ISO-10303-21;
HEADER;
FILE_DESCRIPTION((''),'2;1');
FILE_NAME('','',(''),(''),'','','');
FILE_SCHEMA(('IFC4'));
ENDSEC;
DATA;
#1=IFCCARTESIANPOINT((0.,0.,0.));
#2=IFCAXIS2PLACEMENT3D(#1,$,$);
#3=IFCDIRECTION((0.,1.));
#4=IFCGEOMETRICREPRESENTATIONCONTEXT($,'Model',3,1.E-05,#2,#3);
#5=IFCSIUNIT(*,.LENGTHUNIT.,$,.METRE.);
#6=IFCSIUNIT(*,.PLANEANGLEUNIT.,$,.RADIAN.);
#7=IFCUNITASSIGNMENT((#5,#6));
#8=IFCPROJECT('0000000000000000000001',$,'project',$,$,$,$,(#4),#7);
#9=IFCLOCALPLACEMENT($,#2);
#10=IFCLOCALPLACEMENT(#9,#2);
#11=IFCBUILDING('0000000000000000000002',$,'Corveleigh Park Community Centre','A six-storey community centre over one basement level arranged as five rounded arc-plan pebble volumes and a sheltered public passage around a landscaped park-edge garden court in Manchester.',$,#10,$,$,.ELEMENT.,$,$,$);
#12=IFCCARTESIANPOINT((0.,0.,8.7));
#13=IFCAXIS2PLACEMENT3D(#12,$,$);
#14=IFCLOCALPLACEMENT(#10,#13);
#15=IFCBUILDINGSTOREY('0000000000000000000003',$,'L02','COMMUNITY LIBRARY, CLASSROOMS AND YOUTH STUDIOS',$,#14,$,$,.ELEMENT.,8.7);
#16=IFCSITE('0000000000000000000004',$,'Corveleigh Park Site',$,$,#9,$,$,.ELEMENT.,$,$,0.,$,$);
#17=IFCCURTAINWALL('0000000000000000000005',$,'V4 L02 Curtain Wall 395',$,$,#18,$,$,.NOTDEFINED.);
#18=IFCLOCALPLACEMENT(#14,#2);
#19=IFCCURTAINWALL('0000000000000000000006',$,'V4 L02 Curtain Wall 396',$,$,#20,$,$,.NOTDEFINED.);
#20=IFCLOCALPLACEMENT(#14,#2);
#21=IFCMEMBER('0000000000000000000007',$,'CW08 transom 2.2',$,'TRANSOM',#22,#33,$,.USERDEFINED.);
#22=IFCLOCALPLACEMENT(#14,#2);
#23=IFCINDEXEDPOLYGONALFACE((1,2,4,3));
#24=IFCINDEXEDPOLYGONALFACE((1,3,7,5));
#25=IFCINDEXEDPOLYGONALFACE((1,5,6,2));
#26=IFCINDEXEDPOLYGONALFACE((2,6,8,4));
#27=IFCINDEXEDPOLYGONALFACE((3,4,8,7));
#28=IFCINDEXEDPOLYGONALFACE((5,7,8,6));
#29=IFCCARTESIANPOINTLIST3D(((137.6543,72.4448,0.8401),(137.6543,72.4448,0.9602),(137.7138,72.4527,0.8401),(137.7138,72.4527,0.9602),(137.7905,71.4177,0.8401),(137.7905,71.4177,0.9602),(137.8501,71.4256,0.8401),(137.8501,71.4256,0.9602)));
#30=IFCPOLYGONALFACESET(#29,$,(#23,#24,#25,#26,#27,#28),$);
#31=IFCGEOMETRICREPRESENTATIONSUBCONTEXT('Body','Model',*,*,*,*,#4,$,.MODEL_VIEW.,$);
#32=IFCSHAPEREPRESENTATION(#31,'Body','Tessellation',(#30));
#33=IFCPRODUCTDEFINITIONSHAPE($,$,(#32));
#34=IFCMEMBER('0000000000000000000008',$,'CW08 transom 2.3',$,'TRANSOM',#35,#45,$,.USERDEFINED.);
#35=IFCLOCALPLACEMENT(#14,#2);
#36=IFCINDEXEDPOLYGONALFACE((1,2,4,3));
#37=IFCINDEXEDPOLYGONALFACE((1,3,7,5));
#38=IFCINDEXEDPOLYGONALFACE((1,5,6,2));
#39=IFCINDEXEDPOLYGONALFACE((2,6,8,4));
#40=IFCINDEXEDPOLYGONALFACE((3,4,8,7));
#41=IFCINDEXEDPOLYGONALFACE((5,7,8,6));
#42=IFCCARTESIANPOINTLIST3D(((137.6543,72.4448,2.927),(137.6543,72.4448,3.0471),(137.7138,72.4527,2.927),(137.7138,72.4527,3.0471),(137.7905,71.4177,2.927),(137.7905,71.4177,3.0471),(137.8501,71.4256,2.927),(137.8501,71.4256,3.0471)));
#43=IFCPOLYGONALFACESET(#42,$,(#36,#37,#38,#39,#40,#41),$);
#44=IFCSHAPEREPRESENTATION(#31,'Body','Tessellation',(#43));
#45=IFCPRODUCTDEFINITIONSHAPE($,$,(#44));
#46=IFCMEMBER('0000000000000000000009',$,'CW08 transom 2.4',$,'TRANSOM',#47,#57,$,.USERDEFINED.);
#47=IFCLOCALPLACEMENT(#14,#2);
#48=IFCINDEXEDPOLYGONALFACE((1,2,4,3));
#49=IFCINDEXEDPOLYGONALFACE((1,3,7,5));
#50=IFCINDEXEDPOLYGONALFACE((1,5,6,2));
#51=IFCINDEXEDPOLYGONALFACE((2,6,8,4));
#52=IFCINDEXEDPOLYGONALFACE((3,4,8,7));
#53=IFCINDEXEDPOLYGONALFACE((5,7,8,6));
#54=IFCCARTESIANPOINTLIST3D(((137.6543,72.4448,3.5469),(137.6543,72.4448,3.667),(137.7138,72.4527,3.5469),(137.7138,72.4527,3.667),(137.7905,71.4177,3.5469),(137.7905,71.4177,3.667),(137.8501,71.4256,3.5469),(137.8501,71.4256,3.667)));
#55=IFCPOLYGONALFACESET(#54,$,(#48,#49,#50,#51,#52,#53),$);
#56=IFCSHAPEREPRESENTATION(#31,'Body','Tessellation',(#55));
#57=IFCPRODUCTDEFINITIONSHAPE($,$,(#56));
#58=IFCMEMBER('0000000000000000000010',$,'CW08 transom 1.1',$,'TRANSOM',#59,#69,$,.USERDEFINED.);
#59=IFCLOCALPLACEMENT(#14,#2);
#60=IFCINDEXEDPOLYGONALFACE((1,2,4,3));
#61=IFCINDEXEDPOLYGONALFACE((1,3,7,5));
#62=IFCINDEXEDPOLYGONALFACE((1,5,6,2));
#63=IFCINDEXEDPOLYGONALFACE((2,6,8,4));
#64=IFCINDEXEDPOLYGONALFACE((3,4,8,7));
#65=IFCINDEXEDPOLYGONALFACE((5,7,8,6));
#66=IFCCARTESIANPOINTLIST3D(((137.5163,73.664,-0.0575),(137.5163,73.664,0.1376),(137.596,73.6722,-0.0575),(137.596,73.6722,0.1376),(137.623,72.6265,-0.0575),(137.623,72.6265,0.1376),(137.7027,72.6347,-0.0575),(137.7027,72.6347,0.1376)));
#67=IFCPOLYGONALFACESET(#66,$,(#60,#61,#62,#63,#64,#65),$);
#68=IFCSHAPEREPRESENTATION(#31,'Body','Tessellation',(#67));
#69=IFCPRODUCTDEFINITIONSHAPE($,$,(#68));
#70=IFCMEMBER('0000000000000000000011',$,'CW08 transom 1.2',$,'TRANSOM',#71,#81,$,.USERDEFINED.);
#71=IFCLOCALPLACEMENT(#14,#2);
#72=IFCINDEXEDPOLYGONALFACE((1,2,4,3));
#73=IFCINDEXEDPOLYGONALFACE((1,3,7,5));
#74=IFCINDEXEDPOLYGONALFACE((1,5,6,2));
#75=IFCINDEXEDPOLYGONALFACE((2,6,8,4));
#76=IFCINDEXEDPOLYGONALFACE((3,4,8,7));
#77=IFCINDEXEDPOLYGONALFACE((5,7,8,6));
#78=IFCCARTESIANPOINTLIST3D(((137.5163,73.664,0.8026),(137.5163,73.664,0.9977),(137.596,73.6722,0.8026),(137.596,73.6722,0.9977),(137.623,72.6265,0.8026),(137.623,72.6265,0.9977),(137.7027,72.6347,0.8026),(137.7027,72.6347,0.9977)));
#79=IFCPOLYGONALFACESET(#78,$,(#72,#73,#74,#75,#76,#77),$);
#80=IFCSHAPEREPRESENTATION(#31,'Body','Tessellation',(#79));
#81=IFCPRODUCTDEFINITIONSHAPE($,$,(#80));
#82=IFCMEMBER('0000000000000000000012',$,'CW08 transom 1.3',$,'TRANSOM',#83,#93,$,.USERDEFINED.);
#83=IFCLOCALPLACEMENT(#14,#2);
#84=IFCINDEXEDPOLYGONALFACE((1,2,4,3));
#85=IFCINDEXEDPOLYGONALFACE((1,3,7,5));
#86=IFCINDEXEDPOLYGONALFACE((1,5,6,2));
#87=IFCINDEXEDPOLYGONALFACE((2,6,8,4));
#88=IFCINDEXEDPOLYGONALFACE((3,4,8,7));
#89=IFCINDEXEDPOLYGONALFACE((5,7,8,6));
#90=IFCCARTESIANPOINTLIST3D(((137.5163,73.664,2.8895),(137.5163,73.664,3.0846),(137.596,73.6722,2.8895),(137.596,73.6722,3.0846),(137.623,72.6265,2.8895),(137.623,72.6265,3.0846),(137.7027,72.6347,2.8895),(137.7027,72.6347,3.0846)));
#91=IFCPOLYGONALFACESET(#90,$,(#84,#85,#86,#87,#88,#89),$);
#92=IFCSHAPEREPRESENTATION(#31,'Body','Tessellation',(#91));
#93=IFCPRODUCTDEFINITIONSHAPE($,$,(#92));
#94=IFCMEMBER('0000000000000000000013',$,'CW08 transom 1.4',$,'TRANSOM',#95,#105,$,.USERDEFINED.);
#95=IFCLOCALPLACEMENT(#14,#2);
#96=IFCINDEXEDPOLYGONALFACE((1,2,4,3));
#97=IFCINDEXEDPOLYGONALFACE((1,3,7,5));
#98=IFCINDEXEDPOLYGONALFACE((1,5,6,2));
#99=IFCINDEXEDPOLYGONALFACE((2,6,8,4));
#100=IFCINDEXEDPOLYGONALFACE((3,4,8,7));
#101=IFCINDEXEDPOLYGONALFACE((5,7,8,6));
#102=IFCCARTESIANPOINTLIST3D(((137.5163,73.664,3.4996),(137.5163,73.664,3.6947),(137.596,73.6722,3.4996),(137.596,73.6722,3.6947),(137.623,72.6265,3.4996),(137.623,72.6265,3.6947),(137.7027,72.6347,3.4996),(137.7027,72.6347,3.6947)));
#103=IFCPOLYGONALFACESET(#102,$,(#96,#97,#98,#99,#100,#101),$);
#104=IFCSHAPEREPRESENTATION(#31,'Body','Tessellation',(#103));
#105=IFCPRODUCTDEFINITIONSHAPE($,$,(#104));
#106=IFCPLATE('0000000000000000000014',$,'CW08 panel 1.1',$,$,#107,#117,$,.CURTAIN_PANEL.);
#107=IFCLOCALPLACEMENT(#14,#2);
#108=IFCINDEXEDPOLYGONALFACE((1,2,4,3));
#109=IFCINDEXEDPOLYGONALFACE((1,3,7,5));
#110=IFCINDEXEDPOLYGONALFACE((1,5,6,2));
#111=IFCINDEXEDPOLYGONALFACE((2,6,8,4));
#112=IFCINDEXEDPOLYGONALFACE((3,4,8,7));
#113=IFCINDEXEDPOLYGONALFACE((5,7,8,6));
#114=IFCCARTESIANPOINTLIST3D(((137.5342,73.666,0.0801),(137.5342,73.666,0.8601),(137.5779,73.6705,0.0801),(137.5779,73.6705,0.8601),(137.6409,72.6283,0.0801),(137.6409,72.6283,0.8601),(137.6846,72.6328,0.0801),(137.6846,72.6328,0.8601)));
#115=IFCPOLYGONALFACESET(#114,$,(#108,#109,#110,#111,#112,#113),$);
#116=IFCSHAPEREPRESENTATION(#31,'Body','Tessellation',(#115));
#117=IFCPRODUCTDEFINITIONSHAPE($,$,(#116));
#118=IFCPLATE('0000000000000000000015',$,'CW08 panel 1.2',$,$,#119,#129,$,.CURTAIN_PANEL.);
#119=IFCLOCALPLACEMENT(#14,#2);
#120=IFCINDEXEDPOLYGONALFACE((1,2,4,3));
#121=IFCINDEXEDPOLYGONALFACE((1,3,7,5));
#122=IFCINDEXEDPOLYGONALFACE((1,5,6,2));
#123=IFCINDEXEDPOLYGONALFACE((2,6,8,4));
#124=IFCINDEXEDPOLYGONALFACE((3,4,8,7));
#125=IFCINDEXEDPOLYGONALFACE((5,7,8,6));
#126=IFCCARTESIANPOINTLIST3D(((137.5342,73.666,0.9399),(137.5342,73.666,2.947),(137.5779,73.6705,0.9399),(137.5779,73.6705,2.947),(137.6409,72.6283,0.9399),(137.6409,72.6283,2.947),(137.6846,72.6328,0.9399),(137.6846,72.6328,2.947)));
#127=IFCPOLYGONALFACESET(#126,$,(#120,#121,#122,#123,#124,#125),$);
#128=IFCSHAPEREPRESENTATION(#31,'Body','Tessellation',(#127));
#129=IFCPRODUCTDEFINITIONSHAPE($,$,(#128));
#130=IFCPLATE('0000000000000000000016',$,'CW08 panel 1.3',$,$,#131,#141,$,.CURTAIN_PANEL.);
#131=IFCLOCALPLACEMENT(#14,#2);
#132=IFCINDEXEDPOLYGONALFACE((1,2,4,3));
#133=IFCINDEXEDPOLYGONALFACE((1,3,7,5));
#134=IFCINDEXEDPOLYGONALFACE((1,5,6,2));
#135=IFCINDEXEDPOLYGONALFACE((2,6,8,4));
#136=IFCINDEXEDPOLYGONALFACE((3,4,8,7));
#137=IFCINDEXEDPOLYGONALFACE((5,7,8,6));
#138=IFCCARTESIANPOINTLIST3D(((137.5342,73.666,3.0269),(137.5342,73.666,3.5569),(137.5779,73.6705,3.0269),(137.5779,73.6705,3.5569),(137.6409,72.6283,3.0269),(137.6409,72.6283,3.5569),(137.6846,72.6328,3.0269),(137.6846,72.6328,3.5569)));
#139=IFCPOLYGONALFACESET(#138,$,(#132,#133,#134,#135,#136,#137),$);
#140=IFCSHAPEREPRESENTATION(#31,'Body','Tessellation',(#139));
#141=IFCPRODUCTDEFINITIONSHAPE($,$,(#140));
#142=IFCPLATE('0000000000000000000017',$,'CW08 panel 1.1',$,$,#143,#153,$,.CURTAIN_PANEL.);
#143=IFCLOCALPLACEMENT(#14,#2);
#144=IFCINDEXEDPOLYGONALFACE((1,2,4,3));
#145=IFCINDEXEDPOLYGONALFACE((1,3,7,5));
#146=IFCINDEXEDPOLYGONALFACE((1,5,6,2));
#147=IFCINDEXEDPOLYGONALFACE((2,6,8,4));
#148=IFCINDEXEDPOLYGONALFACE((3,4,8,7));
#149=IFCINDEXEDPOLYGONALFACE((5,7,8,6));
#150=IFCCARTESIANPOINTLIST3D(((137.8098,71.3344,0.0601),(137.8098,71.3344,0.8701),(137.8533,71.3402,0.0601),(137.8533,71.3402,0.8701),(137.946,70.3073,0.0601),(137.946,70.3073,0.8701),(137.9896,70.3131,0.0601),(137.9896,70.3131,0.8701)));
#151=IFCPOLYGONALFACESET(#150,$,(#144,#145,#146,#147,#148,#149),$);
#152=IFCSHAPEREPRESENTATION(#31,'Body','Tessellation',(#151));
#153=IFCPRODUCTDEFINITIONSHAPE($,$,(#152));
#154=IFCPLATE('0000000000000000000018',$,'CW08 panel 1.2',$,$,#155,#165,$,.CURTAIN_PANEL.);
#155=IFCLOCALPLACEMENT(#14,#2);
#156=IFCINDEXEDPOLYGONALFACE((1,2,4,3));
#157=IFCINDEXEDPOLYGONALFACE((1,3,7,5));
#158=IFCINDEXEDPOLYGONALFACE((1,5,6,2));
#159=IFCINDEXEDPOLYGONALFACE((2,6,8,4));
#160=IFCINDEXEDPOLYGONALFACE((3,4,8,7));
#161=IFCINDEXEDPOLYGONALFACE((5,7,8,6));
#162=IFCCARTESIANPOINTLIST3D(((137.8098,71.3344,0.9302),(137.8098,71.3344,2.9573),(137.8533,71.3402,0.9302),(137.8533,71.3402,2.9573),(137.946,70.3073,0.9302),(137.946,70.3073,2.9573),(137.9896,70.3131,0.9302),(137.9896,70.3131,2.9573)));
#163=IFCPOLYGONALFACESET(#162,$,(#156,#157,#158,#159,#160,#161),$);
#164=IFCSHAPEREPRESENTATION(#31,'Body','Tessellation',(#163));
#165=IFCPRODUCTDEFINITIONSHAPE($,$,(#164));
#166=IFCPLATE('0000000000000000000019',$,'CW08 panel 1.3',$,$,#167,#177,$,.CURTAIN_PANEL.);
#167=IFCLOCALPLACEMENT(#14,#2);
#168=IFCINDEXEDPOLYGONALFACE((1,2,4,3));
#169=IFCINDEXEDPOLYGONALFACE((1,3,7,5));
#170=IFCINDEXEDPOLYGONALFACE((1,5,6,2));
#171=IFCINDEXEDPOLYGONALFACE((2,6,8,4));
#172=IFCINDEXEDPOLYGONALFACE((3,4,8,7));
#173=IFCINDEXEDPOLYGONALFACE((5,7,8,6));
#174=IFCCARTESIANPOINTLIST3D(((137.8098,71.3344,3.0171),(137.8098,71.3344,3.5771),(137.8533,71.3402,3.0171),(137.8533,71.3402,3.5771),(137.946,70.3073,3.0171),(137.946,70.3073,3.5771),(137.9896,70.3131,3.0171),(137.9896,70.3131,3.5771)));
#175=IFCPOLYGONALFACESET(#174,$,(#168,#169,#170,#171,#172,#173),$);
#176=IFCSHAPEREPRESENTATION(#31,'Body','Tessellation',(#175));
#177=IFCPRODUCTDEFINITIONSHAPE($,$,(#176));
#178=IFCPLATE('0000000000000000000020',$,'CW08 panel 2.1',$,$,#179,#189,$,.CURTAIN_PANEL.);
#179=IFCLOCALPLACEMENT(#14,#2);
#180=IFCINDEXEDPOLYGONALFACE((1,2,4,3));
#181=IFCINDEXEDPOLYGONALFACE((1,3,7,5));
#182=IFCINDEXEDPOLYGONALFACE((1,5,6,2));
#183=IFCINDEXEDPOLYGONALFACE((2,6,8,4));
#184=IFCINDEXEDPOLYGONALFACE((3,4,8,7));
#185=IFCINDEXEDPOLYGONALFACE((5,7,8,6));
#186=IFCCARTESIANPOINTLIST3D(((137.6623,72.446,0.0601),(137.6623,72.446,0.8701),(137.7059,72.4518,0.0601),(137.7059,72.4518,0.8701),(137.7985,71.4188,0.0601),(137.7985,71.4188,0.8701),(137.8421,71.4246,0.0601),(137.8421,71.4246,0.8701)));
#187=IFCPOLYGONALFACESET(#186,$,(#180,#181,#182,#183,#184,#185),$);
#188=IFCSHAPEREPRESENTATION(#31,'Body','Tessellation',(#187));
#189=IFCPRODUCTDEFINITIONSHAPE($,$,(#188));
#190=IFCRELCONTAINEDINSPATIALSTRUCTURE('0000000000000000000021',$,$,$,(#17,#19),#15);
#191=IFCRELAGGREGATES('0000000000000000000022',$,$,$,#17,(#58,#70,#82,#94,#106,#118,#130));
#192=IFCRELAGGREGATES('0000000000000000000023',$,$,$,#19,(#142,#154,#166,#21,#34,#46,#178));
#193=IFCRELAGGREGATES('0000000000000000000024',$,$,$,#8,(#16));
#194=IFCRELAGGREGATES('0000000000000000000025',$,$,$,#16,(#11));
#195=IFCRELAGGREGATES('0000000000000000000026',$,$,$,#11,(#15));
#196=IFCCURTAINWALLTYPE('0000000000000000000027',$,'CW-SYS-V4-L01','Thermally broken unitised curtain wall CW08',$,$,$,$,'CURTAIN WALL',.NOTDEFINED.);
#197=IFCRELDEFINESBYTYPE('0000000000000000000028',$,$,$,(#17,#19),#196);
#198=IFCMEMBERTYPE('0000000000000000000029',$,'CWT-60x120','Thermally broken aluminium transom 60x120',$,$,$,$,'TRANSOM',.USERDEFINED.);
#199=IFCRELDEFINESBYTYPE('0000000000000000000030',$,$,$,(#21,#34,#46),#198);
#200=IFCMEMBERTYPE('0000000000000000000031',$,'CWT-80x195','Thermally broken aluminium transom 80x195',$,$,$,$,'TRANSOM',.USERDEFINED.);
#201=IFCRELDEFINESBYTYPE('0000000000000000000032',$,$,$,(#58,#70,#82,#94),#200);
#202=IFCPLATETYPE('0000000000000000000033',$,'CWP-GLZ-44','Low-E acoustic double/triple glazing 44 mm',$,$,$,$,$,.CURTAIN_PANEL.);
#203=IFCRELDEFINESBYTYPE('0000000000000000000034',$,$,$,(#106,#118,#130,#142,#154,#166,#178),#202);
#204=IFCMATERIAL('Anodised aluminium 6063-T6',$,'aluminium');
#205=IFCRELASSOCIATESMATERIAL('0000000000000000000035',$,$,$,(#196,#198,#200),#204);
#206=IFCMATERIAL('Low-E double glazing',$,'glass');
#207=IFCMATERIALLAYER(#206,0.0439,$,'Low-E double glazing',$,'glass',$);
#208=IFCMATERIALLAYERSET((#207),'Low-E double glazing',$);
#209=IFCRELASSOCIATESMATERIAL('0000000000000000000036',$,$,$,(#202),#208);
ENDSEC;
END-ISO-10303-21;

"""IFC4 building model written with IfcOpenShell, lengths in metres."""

from ifc_helpers import new_model, si_unit, direction, frame, origin, origin_2d, place, context, subcontext, project, spatial, rectangle, extrude, material, layer, layer_set, material_profile, profile_set, type_object, element, aggregate, save


model = new_model("IFC4")

# Units and contexts
model_context = context("Model", 3, precision=1e-05, world=origin(), true_north=direction((0.0, 1.0)))
body_context = subcontext(model_context, "Body", "Model", "MODEL_VIEW")
ifc_project = project(units=[si_unit("LENGTHUNIT", "METRE"), si_unit("PLANEANGLEUNIT", "RADIAN")], contexts=[model_context])

# Site, building, storey
site_placement = place(None, origin())
site = spatial("IfcSite", under=ifc_project, at=site_placement, Name="Corveleigh Park Site", CompositionType="ELEMENT", RefElevation=0.0)
building_placement = place(site_placement, origin())
building = spatial("IfcBuilding", under=site, at=building_placement, Name="Corveleigh Park Community Centre", Description="A six-storey community centre over one basement level arranged as five rounded arc-plan pebble volumes and a sheltered public passage around a landscaped park-edge garden court in Manchester.", CompositionType="ELEMENT")
storey_placement = place(building_placement, frame((0.0, 0.0, 8.7)))
storey = spatial("IfcBuildingStorey", under=building, at=storey_placement, Name="L02", Description="COMMUNITY LIBRARY, CLASSROOMS AND YOUTH STUDIOS", CompositionType="ELEMENT", Elevation=8.7)

# Curtain wall
ifc_material_1 = material(Name="Anodised aluminium 6063-T6", Category="aluminium")
curtain_wall_type = type_object("IfcCurtainWallType", Name="CW-SYS-V4-L01", Description="Thermally broken unitised curtain wall CW08", ElementType="CURTAIN WALL", PredefinedType="NOTDEFINED", material=ifc_material_1)
curtain_wall_1_placement = place(storey_placement, origin())
curtain_wall_1 = element("IfcCurtainWall", 1, at=curtain_wall_1_placement, inside=storey, type_object=curtain_wall_type, Name="V4 L02 Curtain Wall 395", PredefinedType="NOTDEFINED")

# Curtain wall, members
curtain_wall_2_placement = place(storey_placement, origin())
curtain_wall_2 = element("IfcCurtainWall", 2, at=curtain_wall_2_placement, inside=storey, type_object=curtain_wall_type, Name="V4 L02 Curtain Wall 396", PredefinedType="NOTDEFINED")
ifc_material_profile_1 = material_profile(ifc_material_1, rectangle(XDim=0.0601, YDim=0.1201, at=origin_2d()), Name="ALU-T60x120", Category="aluminium")
ifc_profile_set_1 = profile_set([ifc_material_profile_1], Name="Anodised aluminium 6063-T6")
member_type_1 = type_object("IfcMemberType", Name="CWT-60x120", Description="Thermally broken aluminium transom 60x120", ElementType="TRANSOM", PredefinedType="USERDEFINED", material=ifc_profile_set_1)
member_1_placement = place(storey_placement, frame((137.8203, 71.4216, 0.9001), z_axis=(-0.131485, 0.991318, 0.0), x_axis=(-0.991318, -0.131485, 0.0)))
member_1 = element("IfcMember", 3, at=member_1_placement, type_object=member_type_1, Name="CW08 transom 2.2", ObjectType="TRANSOM", PredefinedType="USERDEFINED", context=body_context, shape_type="SweptSolid", body=[
    extrude(rectangle(XDim=0.0601, YDim=0.1201, at=origin_2d()), origin(), (0.0, 0.0, 1.0), 1.0361),
])
member_2_placement = place(storey_placement, frame((137.8203, 71.4216, 2.9871), z_axis=(-0.131485, 0.991318, 0.0), x_axis=(-0.991318, -0.131485, 0.0)))
member_2 = element("IfcMember", 4, at=member_2_placement, type_object=member_type_1, Name="CW08 transom 2.3", ObjectType="TRANSOM", PredefinedType="USERDEFINED", context=body_context, shape_type="SweptSolid", body=[
    extrude(rectangle(XDim=0.0601, YDim=0.1201, at=origin_2d()), origin(), (0.0, 0.0, 1.0), 1.0361),
])
member_3_placement = place(storey_placement, frame((137.8203, 71.4216, 3.6069), z_axis=(-0.131485, 0.991318, 0.0), x_axis=(-0.991318, -0.131485, 0.0)))
member_3 = element("IfcMember", 5, at=member_3_placement, type_object=member_type_1, Name="CW08 transom 2.4", ObjectType="TRANSOM", PredefinedType="USERDEFINED", context=body_context, shape_type="SweptSolid", body=[
    extrude(rectangle(XDim=0.0601, YDim=0.1201, at=origin_2d()), origin(), (0.0, 0.0, 1.0), 1.0361),
])

# Members
ifc_material_profile_2 = material_profile(ifc_material_1, rectangle(XDim=0.0801, YDim=0.1951, at=origin_2d()), Name="ALU-T80x195", Category="aluminium")
ifc_profile_set_2 = profile_set([ifc_material_profile_2], Name="Anodised aluminium 6063-T6")
member_type_2 = type_object("IfcMemberType", Name="CWT-80x195", Description="Thermally broken aluminium transom 80x195", ElementType="TRANSOM", PredefinedType="USERDEFINED", material=ifc_profile_set_2)
member_4_placement = place(storey_placement, frame((137.6628, 72.6306, 0.04), z_axis=(-0.102284, 0.994755, 0.0), x_axis=(-0.994755, -0.102284, 0.0)))
member_4 = element("IfcMember", 6, at=member_4_placement, type_object=member_type_2, Name="CW08 transom 1.1", ObjectType="TRANSOM", PredefinedType="USERDEFINED", context=body_context, shape_type="SweptSolid", body=[
    extrude(rectangle(XDim=0.0801, YDim=0.1951, at=origin_2d()), origin(), (0.0, 0.0, 1.0), 1.043),
])
member_5_placement = place(storey_placement, frame((137.6628, 72.6306, 0.9001), z_axis=(-0.102284, 0.994755, 0.0), x_axis=(-0.994755, -0.102284, 0.0)))
member_5 = element("IfcMember", 7, at=member_5_placement, type_object=member_type_2, Name="CW08 transom 1.2", ObjectType="TRANSOM", PredefinedType="USERDEFINED", context=body_context, shape_type="SweptSolid", body=[
    extrude(rectangle(XDim=0.0801, YDim=0.1951, at=origin_2d()), origin(), (0.0, 0.0, 1.0), 1.043),
])
member_6_placement = place(storey_placement, frame((137.6628, 72.6306, 2.9871), z_axis=(-0.102284, 0.994755, 0.0), x_axis=(-0.994755, -0.102284, 0.0)))
member_6 = element("IfcMember", 8, at=member_6_placement, type_object=member_type_2, Name="CW08 transom 1.3", ObjectType="TRANSOM", PredefinedType="USERDEFINED", context=body_context, shape_type="SweptSolid", body=[
    extrude(rectangle(XDim=0.0801, YDim=0.1951, at=origin_2d()), origin(), (0.0, 0.0, 1.0), 1.043),
])
member_7_placement = place(storey_placement, frame((137.6628, 72.6306, 3.5972), z_axis=(-0.102284, 0.994755, 0.0), x_axis=(-0.994755, -0.102284, 0.0)))
member_7 = element("IfcMember", 9, at=member_7_placement, type_object=member_type_2, Name="CW08 transom 1.4", ObjectType="TRANSOM", PredefinedType="USERDEFINED", context=body_context, shape_type="SweptSolid", body=[
    extrude(rectangle(XDim=0.0801, YDim=0.1951, at=origin_2d()), origin(), (0.0, 0.0, 1.0), 1.043),
])

# Plates
ifc_material_2 = material(Name="Low-E double glazing", Category="glass")
ifc_layer_1 = layer(ifc_material_2, 0.0439, Name="Low-E double glazing", Category="glass")
ifc_layer_set_1 = layer_set([ifc_layer_1], Name="Low-E double glazing")
plate_type = type_object("IfcPlateType", Name="CWP-GLZ-44", Description="Low-E acoustic double/triple glazing 44 mm", PredefinedType="CURTAIN_PANEL", material=ifc_layer_set_1)
plate_1_placement = place(storey_placement, frame((137.6094, 73.1494, 0.0801), z_axis=(0.0, 0.0, 1.0), x_axis=(-0.102312, 0.994752, 0.0)))
plate_1 = element("IfcPlate", 10, at=plate_1_placement, type_object=plate_type, Name="CW08 panel 1.1", PredefinedType="CURTAIN_PANEL", context=body_context, shape_type="SweptSolid", body=[
    extrude(rectangle(XDim=1.0432, YDim=0.0439, at=origin_2d()), origin(), (0.0, 0.0, 1.0), 0.78),
])
plate_2_placement = place(storey_placement, frame((137.6094, 73.1494, 0.9399), z_axis=(0.0, 0.0, 1.0), x_axis=(-0.102312, 0.994752, 0.0)))
plate_2 = element("IfcPlate", 11, at=plate_2_placement, type_object=plate_type, Name="CW08 panel 1.2", PredefinedType="CURTAIN_PANEL", context=body_context, shape_type="SweptSolid", body=[
    extrude(rectangle(XDim=1.0432, YDim=0.0439, at=origin_2d()), origin(), (0.0, 0.0, 1.0), 2.0071),
])
plate_3_placement = place(storey_placement, frame((137.6094, 73.1494, 3.0269), z_axis=(0.0, 0.0, 1.0), x_axis=(-0.102312, 0.994752, 0.0)))
plate_3 = element("IfcPlate", 12, at=plate_3_placement, type_object=plate_type, Name="CW08 panel 1.3", PredefinedType="CURTAIN_PANEL", context=body_context, shape_type="SweptSolid", body=[
    extrude(rectangle(XDim=1.0432, YDim=0.0439, at=origin_2d()), origin(), (0.0, 0.0, 1.0), 0.53),
])
aggregate(curtain_wall_1, [member_4, member_5, member_6, member_7, plate_1, plate_2, plate_3])
plate_4_placement = place(storey_placement, frame((137.8997, 70.8237, 0.0601), z_axis=(0.0, 0.0, 1.0), x_axis=(-0.131488, 0.991318, 0.0)))
plate_4 = element("IfcPlate", 13, at=plate_4_placement, type_object=plate_type, Name="CW08 panel 1.1", PredefinedType="CURTAIN_PANEL", context=body_context, shape_type="SweptSolid", body=[
    extrude(rectangle(XDim=1.0361, YDim=0.0439, at=origin_2d()), origin(), (0.0, 0.0, 1.0), 0.8101),
])
plate_5_placement = place(storey_placement, frame((137.8997, 70.8237, 0.9302), z_axis=(0.0, 0.0, 1.0), x_axis=(-0.131488, 0.991318, 0.0)))
plate_5 = element("IfcPlate", 14, at=plate_5_placement, type_object=plate_type, Name="CW08 panel 1.2", PredefinedType="CURTAIN_PANEL", context=body_context, shape_type="SweptSolid", body=[
    extrude(rectangle(XDim=1.0361, YDim=0.0439, at=origin_2d()), origin(), (0.0, 0.0, 1.0), 2.0271),
])
plate_6_placement = place(storey_placement, frame((137.8997, 70.8237, 3.0171), z_axis=(0.0, 0.0, 1.0), x_axis=(-0.131488, 0.991318, 0.0)))
plate_6 = element("IfcPlate", 15, at=plate_6_placement, type_object=plate_type, Name="CW08 panel 1.3", PredefinedType="CURTAIN_PANEL", context=body_context, shape_type="SweptSolid", body=[
    extrude(rectangle(XDim=1.0361, YDim=0.0439, at=origin_2d()), origin(), (0.0, 0.0, 1.0), 0.5601),
])
plate_7_placement = place(storey_placement, frame((137.7522, 71.9353, 0.0601), z_axis=(0.0, 0.0, 1.0), x_axis=(-0.131488, 0.991318, 0.0)))
plate_7 = element("IfcPlate", 16, at=plate_7_placement, type_object=plate_type, Name="CW08 panel 2.1", PredefinedType="CURTAIN_PANEL", context=body_context, shape_type="SweptSolid", body=[
    extrude(rectangle(XDim=1.0361, YDim=0.0439, at=origin_2d()), origin(), (0.0, 0.0, 1.0), 0.8101),
])
aggregate(curtain_wall_2, [plate_4, plate_5, plate_6, member_1, member_2, member_3, plate_7])

save(model, "model.ifc")
